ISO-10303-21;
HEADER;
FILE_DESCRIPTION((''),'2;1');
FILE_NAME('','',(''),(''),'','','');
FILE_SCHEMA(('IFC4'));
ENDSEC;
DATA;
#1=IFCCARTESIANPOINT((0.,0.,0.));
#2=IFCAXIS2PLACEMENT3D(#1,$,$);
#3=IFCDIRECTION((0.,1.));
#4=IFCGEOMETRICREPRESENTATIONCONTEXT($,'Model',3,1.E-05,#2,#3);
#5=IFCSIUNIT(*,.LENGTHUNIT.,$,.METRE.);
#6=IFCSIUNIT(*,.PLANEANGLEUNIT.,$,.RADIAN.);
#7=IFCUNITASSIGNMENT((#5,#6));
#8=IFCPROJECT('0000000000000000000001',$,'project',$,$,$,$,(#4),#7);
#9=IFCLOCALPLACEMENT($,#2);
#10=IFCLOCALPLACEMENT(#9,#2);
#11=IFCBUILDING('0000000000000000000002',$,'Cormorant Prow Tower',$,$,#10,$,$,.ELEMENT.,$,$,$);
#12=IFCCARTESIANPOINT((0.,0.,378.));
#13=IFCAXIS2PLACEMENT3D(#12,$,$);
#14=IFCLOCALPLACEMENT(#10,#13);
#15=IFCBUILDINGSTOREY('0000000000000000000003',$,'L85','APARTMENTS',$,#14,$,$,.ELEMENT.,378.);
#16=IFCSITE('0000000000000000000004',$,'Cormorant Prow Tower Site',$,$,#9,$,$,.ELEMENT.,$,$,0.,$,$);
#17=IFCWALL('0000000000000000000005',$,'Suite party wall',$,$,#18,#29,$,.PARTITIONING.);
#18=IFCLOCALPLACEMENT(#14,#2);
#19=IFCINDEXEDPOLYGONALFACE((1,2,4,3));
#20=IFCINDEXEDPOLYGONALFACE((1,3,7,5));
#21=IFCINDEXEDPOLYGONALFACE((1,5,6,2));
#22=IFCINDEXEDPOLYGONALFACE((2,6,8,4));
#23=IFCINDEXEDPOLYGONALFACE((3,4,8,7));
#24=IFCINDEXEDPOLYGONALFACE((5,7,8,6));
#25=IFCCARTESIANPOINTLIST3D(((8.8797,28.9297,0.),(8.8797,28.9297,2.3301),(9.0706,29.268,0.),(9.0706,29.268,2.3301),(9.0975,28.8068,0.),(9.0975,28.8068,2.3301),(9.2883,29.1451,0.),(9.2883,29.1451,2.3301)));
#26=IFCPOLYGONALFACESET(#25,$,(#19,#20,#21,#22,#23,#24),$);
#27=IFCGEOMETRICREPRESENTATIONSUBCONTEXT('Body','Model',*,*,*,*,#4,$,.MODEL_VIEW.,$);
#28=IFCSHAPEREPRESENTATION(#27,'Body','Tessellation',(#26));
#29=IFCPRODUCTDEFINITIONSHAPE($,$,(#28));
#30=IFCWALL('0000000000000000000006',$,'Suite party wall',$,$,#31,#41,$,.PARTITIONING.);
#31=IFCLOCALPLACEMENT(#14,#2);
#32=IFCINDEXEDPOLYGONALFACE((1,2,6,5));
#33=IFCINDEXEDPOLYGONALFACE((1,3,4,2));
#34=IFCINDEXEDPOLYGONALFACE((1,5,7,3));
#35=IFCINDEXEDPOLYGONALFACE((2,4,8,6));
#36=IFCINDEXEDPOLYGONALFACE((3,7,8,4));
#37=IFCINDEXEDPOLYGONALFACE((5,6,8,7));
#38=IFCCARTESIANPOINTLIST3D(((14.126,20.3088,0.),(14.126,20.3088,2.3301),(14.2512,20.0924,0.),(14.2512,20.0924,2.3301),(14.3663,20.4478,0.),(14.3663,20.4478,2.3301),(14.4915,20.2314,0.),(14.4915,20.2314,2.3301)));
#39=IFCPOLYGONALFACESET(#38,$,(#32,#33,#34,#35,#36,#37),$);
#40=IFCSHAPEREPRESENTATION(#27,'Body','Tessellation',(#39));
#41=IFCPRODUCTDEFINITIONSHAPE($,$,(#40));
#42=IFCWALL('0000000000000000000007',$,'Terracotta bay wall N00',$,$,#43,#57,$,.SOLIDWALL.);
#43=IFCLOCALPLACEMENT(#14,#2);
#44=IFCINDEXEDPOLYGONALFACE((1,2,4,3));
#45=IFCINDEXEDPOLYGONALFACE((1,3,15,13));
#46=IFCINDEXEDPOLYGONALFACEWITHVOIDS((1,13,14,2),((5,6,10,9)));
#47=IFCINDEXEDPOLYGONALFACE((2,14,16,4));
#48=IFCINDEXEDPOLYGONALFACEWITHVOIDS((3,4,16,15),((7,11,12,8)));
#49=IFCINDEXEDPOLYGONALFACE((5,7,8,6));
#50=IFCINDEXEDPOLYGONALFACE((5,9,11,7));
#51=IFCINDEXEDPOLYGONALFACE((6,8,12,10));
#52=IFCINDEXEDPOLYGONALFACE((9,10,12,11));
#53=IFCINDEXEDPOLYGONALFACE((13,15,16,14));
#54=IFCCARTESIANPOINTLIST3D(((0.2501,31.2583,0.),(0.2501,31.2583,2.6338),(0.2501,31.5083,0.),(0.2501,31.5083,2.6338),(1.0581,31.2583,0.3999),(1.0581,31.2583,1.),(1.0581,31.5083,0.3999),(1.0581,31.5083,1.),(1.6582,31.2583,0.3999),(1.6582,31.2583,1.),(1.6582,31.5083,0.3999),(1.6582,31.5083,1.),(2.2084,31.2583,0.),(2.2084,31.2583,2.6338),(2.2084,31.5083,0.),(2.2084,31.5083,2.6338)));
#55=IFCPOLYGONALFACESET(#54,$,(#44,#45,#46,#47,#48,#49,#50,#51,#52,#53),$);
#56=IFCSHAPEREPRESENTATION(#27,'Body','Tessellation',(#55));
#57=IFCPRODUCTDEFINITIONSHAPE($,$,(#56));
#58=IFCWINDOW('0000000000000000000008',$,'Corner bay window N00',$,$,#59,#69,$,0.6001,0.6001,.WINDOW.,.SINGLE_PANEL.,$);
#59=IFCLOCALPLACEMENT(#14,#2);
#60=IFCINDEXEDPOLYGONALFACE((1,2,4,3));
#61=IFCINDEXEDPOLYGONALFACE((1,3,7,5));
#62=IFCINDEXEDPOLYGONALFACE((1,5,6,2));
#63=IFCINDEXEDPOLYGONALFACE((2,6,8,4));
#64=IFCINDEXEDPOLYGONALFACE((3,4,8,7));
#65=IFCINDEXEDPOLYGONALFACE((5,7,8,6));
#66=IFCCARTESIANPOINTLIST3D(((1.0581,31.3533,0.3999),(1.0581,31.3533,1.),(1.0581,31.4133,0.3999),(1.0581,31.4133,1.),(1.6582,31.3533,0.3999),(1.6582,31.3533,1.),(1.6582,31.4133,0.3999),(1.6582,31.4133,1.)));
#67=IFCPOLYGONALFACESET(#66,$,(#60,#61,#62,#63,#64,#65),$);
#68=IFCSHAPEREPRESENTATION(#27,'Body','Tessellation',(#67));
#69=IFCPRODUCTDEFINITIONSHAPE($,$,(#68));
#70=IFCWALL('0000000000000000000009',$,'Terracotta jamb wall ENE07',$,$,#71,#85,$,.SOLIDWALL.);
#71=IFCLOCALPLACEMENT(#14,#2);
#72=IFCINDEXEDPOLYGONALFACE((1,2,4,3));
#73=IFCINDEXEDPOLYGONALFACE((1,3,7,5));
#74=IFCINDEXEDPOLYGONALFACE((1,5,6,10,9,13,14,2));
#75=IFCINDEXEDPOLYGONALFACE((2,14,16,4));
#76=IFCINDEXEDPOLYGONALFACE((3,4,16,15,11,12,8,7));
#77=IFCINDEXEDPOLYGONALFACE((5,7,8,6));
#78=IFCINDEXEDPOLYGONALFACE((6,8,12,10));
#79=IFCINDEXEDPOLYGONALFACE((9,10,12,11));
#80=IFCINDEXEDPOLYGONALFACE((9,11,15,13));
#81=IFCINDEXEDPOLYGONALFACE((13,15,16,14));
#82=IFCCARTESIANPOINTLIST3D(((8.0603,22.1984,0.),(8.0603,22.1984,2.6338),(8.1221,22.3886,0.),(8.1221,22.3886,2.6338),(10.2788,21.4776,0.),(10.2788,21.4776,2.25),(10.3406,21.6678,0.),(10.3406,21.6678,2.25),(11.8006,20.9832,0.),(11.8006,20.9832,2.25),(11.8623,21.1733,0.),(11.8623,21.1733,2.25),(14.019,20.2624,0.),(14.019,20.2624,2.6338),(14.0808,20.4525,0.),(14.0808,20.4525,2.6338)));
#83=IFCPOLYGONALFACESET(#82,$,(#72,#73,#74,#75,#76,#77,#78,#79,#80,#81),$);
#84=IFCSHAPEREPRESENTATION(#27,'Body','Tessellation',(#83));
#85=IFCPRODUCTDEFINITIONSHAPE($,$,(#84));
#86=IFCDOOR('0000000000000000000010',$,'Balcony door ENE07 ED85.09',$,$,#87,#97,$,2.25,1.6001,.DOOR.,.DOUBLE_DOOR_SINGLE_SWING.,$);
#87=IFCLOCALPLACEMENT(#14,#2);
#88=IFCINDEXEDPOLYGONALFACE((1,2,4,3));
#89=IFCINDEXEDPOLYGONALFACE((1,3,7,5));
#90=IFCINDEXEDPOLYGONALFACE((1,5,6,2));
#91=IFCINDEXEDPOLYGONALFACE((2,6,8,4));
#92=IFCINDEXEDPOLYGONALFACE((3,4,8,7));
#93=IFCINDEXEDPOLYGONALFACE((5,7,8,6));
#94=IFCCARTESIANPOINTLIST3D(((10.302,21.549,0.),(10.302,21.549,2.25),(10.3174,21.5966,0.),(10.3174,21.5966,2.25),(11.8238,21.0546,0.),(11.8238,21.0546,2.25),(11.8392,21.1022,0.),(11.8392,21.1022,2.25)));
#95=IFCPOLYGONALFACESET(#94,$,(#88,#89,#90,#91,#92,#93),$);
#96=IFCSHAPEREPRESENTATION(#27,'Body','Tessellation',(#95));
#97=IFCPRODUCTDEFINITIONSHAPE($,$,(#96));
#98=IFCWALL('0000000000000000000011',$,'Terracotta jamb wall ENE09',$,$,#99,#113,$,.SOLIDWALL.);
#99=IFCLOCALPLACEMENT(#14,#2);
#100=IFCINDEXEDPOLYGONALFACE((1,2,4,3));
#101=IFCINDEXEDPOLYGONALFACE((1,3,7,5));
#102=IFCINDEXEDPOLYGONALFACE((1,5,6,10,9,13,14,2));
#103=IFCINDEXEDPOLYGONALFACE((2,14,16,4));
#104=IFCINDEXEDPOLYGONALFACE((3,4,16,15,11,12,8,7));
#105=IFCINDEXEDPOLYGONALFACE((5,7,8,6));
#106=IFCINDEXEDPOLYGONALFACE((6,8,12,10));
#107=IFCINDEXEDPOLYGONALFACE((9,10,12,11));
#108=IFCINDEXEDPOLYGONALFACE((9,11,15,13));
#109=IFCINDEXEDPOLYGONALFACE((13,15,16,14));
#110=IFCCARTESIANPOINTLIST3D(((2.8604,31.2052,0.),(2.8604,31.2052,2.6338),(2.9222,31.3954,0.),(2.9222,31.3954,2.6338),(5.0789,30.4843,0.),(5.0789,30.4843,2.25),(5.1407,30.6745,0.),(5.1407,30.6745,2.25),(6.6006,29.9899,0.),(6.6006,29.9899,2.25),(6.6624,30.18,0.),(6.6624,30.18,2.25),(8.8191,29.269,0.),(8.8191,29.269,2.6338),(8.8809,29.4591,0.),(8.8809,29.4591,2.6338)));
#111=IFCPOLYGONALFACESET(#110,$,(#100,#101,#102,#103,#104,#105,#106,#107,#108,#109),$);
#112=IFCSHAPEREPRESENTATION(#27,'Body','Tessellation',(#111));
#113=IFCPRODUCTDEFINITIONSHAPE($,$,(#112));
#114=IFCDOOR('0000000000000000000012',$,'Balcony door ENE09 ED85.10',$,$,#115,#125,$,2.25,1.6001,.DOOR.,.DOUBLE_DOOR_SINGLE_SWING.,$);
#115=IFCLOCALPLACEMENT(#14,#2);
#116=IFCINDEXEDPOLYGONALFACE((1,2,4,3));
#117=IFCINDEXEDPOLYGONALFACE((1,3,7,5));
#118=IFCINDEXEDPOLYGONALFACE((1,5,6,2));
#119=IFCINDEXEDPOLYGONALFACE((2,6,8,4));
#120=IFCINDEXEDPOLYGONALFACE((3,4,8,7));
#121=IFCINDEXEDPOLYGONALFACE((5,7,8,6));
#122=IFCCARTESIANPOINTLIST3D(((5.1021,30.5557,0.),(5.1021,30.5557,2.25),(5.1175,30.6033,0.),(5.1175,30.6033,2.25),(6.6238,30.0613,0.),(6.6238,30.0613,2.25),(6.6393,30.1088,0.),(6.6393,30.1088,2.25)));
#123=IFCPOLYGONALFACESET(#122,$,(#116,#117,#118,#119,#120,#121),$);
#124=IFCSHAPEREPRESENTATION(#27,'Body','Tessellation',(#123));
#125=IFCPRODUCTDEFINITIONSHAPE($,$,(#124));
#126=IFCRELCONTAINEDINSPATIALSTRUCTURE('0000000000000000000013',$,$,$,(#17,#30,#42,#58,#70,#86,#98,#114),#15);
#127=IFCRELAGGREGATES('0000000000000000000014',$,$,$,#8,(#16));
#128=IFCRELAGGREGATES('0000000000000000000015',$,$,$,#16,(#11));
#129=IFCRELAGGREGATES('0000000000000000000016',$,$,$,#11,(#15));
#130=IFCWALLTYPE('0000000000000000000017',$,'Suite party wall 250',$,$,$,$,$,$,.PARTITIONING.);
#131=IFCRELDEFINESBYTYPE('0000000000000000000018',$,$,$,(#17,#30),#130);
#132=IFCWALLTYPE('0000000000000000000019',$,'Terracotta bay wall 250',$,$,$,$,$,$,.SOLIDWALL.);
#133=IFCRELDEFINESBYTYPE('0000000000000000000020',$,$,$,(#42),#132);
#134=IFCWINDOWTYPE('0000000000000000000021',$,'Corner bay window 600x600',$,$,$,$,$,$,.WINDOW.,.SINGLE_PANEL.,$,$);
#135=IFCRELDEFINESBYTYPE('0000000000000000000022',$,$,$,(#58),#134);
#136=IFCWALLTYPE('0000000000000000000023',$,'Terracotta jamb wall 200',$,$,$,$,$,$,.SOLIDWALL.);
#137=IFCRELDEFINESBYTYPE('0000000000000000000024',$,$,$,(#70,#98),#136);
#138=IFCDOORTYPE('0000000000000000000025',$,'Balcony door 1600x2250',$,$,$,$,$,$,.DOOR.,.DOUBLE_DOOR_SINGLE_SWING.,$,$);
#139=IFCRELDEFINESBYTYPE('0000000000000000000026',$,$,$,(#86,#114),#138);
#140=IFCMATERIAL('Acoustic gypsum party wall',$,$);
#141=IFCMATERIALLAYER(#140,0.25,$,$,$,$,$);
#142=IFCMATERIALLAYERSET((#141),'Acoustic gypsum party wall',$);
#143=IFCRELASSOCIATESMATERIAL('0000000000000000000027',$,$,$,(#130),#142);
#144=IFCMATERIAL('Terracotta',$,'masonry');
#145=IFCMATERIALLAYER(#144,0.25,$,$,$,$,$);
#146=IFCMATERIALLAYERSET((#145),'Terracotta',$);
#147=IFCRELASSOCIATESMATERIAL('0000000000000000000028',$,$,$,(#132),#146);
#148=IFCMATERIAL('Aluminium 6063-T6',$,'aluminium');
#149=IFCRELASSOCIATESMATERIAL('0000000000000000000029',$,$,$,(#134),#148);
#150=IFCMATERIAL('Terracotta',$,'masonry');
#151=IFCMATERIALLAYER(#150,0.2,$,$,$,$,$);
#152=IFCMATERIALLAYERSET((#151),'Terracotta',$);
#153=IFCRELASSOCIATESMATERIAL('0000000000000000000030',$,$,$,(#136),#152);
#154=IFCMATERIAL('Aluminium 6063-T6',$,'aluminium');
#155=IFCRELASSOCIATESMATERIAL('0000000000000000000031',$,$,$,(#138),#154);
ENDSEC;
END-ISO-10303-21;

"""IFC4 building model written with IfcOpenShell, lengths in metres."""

from ifc_helpers import new_model, si_unit, direction, frame, frame_2d, origin, place, context, subcontext, project, spatial, rectangle, extrude, material, layer, layer_set, type_object, element, fill, save


model = new_model("IFC4")

# Units and contexts
model_context = context("Model", 3, precision=1e-05, world=origin(), true_north=direction((0.0, 1.0)))
body_context = subcontext(model_context, "Body", "Model", "MODEL_VIEW")
ifc_project = project(units=[si_unit("LENGTHUNIT", "METRE"), si_unit("PLANEANGLEUNIT", "RADIAN")], contexts=[model_context])

# Site, building, storey
site_placement = place(None, origin())
site = spatial("IfcSite", under=ifc_project, at=site_placement, Name="Cormorant Prow Tower Site", CompositionType="ELEMENT", RefElevation=0.0)
building_placement = place(site_placement, origin())
building = spatial("IfcBuilding", under=site, at=building_placement, Name="Cormorant Prow Tower", CompositionType="ELEMENT")
storey_placement = place(building_placement, frame((0.0, 0.0, 378.0)))
storey = spatial("IfcBuildingStorey", under=building, at=storey_placement, Name="L85", Description="APARTMENTS", CompositionType="ELEMENT", Elevation=378.0)

# Walls
ifc_material_1 = material(Name="Acoustic gypsum party wall")
ifc_layer_1 = layer(ifc_material_1, 0.25)
ifc_layer_set_1 = layer_set([ifc_layer_1], Name="Acoustic gypsum party wall")
wall_type_1 = type_object("IfcWallType", Name="Suite party wall 250", PredefinedType="PARTITIONING", material=ifc_layer_set_1)
wall_1_placement = place(storey_placement, frame((8.9885, 28.8682, 0.0), z_axis=(0.0, 0.0, 1.0), x_axis=(0.491395, 0.870937, 0.0)))
element("IfcWall", 1, at=wall_1_placement, inside=storey, type_object=wall_type_1, Name="Suite party wall", PredefinedType="PARTITIONING", context=body_context, shape_type="SweptSolid", body=[
    extrude(rectangle(XDim=0.3884, YDim=0.25, at=frame_2d((0.1943, 0.0))), origin(), (0.0, 0.0, 1.0), 2.3301),
])
wall_2_placement = place(storey_placement, frame((14.1887, 20.2007, 0.0), z_axis=(0.0, 0.0, 1.0), x_axis=(0.865687, 0.500585, 0.0)))
element("IfcWall", 2, at=wall_2_placement, inside=storey, type_object=wall_type_1, Name="Suite party wall", PredefinedType="PARTITIONING", context=body_context, shape_type="SweptSolid", body=[
    extrude(rectangle(XDim=0.2776, YDim=0.25, at=frame_2d((0.1387, 0.0))), origin(), (0.0, 0.0, 1.0), 2.3301),
])

# Wall, opening, window
ifc_material_2 = material(Name="Terracotta", Category="masonry")
ifc_layer_2 = layer(ifc_material_2, 0.25)
ifc_layer_set_2 = layer_set([ifc_layer_2], Name="Terracotta")
wall_type_2 = type_object("IfcWallType", Name="Terracotta bay wall 250", PredefinedType="SOLIDWALL", material=ifc_layer_set_2)
wall_3_placement = place(storey_placement, frame((2.2083, 31.3833, 0.0), z_axis=(0.0, 0.0, 1.0), x_axis=(-1.0, 0.0, 0.0)))
wall_3 = element("IfcWall", 3, at=wall_3_placement, inside=storey, type_object=wall_type_2, Name="Terracotta bay wall N00", PredefinedType="SOLIDWALL", context=body_context, shape_type="SweptSolid", body=[
    extrude(rectangle(XDim=1.9583, YDim=0.25, at=frame_2d((0.979, 0.0))), origin(), (0.0, 0.0, 1.0), 2.6338),
])
opening_1_placement = place(wall_3_placement, frame((0.55, 0.0, 0.3999)))
opening_1 = element("IfcOpeningElement", 4, at=opening_1_placement, cuts=wall_3, PredefinedType="OPENING", context=body_context, shape_type="SweptSolid", body=[
    extrude(rectangle(XDim=0.6001, YDim=0.6001, at=frame_2d((0.3, 0.3))), frame((0.0, 0.135, 0.0), z_axis=(0.0, -1.0, 0.0), x_axis=(1.0, 0.0, 0.0)), (0.0, 0.0, 1.0), 0.27),
])
ifc_material_3 = material(Name="Aluminium 6063-T6", Category="aluminium")
window_type = type_object("IfcWindowType", Name="Corner bay window 600x600", PartitioningType="SINGLE_PANEL", PredefinedType="WINDOW", material=ifc_material_3)
window_placement = place(opening_1_placement, origin())
window = element("IfcWindow", 5, at=window_placement, inside=storey, type_object=window_type, Name="Corner bay window N00", OverallHeight=0.6001, OverallWidth=0.6001, PartitioningType="SINGLE_PANEL", PredefinedType="WINDOW", context=body_context, shape_type="SweptSolid", body=[
    extrude(rectangle(XDim=0.6001, YDim=0.6001, at=frame_2d((0.3, 0.3))), frame((0.0, 0.03, 0.0), z_axis=(0.0, -1.0, 0.0), x_axis=(1.0, 0.0, 0.0)), (0.0, 0.0, 1.0), 0.0601),
])
fill(opening_1, window)

# Walls, openings, doors
ifc_material_4 = material(Name="Terracotta", Category="masonry")
ifc_layer_3 = layer(ifc_material_4, 0.2)
ifc_layer_set_3 = layer_set([ifc_layer_3], Name="Terracotta")
wall_type_3 = type_object("IfcWallType", Name="Terracotta jamb wall 200", PredefinedType="SOLIDWALL", material=ifc_layer_set_3)
wall_4_placement = place(storey_placement, frame((14.05, 20.3574, 0.0), z_axis=(0.0, 0.0, 1.0), x_axis=(-0.95106, 0.309006, 0.0)))
wall_4 = element("IfcWall", 6, at=wall_4_placement, inside=storey, type_object=wall_type_3, Name="Terracotta jamb wall ENE07", PredefinedType="SOLIDWALL", context=body_context, shape_type="SweptSolid", body=[
    extrude(rectangle(XDim=6.2654, YDim=0.2, at=frame_2d((3.1328, 0.0))), origin(), (0.0, 0.0, 1.0), 2.6338),
])
opening_2_placement = place(wall_4_placement, frame((2.3328, 0.0, 0.0)))
opening_2 = element("IfcOpeningElement", 7, at=opening_2_placement, cuts=wall_4, PredefinedType="OPENING", context=body_context, shape_type="SweptSolid", body=[
    extrude(rectangle(XDim=1.6001, YDim=2.25, at=frame_2d((0.8, 1.125))), frame((0.0, 0.1099, 0.0), z_axis=(0.0, -1.0, 0.0), x_axis=(1.0, 0.0, 0.0)), (0.0, 0.0, 1.0), 0.22),
])
ifc_material_5 = material(Name="Aluminium 6063-T6", Category="aluminium")
door_type_1 = type_object("IfcDoorType", Name="Balcony door 1600x2250", OperationType="DOUBLE_DOOR_SINGLE_SWING", PredefinedType="DOOR", material=ifc_material_5)
door_1_placement = place(opening_2_placement, origin())
door_1 = element("IfcDoor", 8, at=door_1_placement, inside=storey, type_object=door_type_1, Name="Balcony door ENE07 ED85.09", OperationType="DOUBLE_DOOR_SINGLE_SWING", OverallHeight=2.25, OverallWidth=1.6001, PredefinedType="DOOR", context=body_context, shape_type="SweptSolid", body=[
    extrude(rectangle(XDim=1.6001, YDim=2.25, at=frame_2d((0.8, 1.125))), frame((0.0, 0.0249, 0.0), z_axis=(0.0, -1.0, 0.0), x_axis=(1.0, 0.0, 0.0)), (0.0, 0.0, 1.0), 0.05),
])
fill(opening_2, door_1)
wall_5_placement = place(storey_placement, frame((8.8501, 29.364, 0.0), z_axis=(0.0, 0.0, 1.0), x_axis=(-0.951049, 0.309041, 0.0)))
wall_5 = element("IfcWall", 9, at=wall_5_placement, inside=storey, type_object=wall_type_3, Name="Terracotta jamb wall ENE09", PredefinedType="SOLIDWALL", context=body_context, shape_type="SweptSolid", body=[
    extrude(rectangle(XDim=6.2654, YDim=0.2, at=frame_2d((3.1328, 0.0))), origin(), (0.0, 0.0, 1.0), 2.6338),
])
opening_3_placement = place(wall_5_placement, frame((2.3328, 0.0, 0.0)))
opening_3 = element("IfcOpeningElement", 10, at=opening_3_placement, cuts=wall_5, PredefinedType="OPENING", context=body_context, shape_type="SweptSolid", body=[
    extrude(rectangle(XDim=1.6001, YDim=2.25, at=frame_2d((0.8, 1.125))), frame((0.0, 0.1099, 0.0), z_axis=(0.0, -1.0, 0.0), x_axis=(1.0, 0.0, 0.0)), (0.0, 0.0, 1.0), 0.22),
])
door_2_placement = place(opening_3_placement, origin())
door_2 = element("IfcDoor", 11, at=door_2_placement, inside=storey, type_object=door_type_1, Name="Balcony door ENE09 ED85.10", OperationType="DOUBLE_DOOR_SINGLE_SWING", OverallHeight=2.25, OverallWidth=1.6001, PredefinedType="DOOR", context=body_context, shape_type="SweptSolid", body=[
    extrude(rectangle(XDim=1.6001, YDim=2.25, at=frame_2d((0.8, 1.125))), frame((0.0, 0.0249, 0.0), z_axis=(0.0, -1.0, 0.0), x_axis=(1.0, 0.0, 0.0)), (0.0, 0.0, 1.0), 0.05),
])
fill(opening_3, door_2)

save(model, "model.ifc")
